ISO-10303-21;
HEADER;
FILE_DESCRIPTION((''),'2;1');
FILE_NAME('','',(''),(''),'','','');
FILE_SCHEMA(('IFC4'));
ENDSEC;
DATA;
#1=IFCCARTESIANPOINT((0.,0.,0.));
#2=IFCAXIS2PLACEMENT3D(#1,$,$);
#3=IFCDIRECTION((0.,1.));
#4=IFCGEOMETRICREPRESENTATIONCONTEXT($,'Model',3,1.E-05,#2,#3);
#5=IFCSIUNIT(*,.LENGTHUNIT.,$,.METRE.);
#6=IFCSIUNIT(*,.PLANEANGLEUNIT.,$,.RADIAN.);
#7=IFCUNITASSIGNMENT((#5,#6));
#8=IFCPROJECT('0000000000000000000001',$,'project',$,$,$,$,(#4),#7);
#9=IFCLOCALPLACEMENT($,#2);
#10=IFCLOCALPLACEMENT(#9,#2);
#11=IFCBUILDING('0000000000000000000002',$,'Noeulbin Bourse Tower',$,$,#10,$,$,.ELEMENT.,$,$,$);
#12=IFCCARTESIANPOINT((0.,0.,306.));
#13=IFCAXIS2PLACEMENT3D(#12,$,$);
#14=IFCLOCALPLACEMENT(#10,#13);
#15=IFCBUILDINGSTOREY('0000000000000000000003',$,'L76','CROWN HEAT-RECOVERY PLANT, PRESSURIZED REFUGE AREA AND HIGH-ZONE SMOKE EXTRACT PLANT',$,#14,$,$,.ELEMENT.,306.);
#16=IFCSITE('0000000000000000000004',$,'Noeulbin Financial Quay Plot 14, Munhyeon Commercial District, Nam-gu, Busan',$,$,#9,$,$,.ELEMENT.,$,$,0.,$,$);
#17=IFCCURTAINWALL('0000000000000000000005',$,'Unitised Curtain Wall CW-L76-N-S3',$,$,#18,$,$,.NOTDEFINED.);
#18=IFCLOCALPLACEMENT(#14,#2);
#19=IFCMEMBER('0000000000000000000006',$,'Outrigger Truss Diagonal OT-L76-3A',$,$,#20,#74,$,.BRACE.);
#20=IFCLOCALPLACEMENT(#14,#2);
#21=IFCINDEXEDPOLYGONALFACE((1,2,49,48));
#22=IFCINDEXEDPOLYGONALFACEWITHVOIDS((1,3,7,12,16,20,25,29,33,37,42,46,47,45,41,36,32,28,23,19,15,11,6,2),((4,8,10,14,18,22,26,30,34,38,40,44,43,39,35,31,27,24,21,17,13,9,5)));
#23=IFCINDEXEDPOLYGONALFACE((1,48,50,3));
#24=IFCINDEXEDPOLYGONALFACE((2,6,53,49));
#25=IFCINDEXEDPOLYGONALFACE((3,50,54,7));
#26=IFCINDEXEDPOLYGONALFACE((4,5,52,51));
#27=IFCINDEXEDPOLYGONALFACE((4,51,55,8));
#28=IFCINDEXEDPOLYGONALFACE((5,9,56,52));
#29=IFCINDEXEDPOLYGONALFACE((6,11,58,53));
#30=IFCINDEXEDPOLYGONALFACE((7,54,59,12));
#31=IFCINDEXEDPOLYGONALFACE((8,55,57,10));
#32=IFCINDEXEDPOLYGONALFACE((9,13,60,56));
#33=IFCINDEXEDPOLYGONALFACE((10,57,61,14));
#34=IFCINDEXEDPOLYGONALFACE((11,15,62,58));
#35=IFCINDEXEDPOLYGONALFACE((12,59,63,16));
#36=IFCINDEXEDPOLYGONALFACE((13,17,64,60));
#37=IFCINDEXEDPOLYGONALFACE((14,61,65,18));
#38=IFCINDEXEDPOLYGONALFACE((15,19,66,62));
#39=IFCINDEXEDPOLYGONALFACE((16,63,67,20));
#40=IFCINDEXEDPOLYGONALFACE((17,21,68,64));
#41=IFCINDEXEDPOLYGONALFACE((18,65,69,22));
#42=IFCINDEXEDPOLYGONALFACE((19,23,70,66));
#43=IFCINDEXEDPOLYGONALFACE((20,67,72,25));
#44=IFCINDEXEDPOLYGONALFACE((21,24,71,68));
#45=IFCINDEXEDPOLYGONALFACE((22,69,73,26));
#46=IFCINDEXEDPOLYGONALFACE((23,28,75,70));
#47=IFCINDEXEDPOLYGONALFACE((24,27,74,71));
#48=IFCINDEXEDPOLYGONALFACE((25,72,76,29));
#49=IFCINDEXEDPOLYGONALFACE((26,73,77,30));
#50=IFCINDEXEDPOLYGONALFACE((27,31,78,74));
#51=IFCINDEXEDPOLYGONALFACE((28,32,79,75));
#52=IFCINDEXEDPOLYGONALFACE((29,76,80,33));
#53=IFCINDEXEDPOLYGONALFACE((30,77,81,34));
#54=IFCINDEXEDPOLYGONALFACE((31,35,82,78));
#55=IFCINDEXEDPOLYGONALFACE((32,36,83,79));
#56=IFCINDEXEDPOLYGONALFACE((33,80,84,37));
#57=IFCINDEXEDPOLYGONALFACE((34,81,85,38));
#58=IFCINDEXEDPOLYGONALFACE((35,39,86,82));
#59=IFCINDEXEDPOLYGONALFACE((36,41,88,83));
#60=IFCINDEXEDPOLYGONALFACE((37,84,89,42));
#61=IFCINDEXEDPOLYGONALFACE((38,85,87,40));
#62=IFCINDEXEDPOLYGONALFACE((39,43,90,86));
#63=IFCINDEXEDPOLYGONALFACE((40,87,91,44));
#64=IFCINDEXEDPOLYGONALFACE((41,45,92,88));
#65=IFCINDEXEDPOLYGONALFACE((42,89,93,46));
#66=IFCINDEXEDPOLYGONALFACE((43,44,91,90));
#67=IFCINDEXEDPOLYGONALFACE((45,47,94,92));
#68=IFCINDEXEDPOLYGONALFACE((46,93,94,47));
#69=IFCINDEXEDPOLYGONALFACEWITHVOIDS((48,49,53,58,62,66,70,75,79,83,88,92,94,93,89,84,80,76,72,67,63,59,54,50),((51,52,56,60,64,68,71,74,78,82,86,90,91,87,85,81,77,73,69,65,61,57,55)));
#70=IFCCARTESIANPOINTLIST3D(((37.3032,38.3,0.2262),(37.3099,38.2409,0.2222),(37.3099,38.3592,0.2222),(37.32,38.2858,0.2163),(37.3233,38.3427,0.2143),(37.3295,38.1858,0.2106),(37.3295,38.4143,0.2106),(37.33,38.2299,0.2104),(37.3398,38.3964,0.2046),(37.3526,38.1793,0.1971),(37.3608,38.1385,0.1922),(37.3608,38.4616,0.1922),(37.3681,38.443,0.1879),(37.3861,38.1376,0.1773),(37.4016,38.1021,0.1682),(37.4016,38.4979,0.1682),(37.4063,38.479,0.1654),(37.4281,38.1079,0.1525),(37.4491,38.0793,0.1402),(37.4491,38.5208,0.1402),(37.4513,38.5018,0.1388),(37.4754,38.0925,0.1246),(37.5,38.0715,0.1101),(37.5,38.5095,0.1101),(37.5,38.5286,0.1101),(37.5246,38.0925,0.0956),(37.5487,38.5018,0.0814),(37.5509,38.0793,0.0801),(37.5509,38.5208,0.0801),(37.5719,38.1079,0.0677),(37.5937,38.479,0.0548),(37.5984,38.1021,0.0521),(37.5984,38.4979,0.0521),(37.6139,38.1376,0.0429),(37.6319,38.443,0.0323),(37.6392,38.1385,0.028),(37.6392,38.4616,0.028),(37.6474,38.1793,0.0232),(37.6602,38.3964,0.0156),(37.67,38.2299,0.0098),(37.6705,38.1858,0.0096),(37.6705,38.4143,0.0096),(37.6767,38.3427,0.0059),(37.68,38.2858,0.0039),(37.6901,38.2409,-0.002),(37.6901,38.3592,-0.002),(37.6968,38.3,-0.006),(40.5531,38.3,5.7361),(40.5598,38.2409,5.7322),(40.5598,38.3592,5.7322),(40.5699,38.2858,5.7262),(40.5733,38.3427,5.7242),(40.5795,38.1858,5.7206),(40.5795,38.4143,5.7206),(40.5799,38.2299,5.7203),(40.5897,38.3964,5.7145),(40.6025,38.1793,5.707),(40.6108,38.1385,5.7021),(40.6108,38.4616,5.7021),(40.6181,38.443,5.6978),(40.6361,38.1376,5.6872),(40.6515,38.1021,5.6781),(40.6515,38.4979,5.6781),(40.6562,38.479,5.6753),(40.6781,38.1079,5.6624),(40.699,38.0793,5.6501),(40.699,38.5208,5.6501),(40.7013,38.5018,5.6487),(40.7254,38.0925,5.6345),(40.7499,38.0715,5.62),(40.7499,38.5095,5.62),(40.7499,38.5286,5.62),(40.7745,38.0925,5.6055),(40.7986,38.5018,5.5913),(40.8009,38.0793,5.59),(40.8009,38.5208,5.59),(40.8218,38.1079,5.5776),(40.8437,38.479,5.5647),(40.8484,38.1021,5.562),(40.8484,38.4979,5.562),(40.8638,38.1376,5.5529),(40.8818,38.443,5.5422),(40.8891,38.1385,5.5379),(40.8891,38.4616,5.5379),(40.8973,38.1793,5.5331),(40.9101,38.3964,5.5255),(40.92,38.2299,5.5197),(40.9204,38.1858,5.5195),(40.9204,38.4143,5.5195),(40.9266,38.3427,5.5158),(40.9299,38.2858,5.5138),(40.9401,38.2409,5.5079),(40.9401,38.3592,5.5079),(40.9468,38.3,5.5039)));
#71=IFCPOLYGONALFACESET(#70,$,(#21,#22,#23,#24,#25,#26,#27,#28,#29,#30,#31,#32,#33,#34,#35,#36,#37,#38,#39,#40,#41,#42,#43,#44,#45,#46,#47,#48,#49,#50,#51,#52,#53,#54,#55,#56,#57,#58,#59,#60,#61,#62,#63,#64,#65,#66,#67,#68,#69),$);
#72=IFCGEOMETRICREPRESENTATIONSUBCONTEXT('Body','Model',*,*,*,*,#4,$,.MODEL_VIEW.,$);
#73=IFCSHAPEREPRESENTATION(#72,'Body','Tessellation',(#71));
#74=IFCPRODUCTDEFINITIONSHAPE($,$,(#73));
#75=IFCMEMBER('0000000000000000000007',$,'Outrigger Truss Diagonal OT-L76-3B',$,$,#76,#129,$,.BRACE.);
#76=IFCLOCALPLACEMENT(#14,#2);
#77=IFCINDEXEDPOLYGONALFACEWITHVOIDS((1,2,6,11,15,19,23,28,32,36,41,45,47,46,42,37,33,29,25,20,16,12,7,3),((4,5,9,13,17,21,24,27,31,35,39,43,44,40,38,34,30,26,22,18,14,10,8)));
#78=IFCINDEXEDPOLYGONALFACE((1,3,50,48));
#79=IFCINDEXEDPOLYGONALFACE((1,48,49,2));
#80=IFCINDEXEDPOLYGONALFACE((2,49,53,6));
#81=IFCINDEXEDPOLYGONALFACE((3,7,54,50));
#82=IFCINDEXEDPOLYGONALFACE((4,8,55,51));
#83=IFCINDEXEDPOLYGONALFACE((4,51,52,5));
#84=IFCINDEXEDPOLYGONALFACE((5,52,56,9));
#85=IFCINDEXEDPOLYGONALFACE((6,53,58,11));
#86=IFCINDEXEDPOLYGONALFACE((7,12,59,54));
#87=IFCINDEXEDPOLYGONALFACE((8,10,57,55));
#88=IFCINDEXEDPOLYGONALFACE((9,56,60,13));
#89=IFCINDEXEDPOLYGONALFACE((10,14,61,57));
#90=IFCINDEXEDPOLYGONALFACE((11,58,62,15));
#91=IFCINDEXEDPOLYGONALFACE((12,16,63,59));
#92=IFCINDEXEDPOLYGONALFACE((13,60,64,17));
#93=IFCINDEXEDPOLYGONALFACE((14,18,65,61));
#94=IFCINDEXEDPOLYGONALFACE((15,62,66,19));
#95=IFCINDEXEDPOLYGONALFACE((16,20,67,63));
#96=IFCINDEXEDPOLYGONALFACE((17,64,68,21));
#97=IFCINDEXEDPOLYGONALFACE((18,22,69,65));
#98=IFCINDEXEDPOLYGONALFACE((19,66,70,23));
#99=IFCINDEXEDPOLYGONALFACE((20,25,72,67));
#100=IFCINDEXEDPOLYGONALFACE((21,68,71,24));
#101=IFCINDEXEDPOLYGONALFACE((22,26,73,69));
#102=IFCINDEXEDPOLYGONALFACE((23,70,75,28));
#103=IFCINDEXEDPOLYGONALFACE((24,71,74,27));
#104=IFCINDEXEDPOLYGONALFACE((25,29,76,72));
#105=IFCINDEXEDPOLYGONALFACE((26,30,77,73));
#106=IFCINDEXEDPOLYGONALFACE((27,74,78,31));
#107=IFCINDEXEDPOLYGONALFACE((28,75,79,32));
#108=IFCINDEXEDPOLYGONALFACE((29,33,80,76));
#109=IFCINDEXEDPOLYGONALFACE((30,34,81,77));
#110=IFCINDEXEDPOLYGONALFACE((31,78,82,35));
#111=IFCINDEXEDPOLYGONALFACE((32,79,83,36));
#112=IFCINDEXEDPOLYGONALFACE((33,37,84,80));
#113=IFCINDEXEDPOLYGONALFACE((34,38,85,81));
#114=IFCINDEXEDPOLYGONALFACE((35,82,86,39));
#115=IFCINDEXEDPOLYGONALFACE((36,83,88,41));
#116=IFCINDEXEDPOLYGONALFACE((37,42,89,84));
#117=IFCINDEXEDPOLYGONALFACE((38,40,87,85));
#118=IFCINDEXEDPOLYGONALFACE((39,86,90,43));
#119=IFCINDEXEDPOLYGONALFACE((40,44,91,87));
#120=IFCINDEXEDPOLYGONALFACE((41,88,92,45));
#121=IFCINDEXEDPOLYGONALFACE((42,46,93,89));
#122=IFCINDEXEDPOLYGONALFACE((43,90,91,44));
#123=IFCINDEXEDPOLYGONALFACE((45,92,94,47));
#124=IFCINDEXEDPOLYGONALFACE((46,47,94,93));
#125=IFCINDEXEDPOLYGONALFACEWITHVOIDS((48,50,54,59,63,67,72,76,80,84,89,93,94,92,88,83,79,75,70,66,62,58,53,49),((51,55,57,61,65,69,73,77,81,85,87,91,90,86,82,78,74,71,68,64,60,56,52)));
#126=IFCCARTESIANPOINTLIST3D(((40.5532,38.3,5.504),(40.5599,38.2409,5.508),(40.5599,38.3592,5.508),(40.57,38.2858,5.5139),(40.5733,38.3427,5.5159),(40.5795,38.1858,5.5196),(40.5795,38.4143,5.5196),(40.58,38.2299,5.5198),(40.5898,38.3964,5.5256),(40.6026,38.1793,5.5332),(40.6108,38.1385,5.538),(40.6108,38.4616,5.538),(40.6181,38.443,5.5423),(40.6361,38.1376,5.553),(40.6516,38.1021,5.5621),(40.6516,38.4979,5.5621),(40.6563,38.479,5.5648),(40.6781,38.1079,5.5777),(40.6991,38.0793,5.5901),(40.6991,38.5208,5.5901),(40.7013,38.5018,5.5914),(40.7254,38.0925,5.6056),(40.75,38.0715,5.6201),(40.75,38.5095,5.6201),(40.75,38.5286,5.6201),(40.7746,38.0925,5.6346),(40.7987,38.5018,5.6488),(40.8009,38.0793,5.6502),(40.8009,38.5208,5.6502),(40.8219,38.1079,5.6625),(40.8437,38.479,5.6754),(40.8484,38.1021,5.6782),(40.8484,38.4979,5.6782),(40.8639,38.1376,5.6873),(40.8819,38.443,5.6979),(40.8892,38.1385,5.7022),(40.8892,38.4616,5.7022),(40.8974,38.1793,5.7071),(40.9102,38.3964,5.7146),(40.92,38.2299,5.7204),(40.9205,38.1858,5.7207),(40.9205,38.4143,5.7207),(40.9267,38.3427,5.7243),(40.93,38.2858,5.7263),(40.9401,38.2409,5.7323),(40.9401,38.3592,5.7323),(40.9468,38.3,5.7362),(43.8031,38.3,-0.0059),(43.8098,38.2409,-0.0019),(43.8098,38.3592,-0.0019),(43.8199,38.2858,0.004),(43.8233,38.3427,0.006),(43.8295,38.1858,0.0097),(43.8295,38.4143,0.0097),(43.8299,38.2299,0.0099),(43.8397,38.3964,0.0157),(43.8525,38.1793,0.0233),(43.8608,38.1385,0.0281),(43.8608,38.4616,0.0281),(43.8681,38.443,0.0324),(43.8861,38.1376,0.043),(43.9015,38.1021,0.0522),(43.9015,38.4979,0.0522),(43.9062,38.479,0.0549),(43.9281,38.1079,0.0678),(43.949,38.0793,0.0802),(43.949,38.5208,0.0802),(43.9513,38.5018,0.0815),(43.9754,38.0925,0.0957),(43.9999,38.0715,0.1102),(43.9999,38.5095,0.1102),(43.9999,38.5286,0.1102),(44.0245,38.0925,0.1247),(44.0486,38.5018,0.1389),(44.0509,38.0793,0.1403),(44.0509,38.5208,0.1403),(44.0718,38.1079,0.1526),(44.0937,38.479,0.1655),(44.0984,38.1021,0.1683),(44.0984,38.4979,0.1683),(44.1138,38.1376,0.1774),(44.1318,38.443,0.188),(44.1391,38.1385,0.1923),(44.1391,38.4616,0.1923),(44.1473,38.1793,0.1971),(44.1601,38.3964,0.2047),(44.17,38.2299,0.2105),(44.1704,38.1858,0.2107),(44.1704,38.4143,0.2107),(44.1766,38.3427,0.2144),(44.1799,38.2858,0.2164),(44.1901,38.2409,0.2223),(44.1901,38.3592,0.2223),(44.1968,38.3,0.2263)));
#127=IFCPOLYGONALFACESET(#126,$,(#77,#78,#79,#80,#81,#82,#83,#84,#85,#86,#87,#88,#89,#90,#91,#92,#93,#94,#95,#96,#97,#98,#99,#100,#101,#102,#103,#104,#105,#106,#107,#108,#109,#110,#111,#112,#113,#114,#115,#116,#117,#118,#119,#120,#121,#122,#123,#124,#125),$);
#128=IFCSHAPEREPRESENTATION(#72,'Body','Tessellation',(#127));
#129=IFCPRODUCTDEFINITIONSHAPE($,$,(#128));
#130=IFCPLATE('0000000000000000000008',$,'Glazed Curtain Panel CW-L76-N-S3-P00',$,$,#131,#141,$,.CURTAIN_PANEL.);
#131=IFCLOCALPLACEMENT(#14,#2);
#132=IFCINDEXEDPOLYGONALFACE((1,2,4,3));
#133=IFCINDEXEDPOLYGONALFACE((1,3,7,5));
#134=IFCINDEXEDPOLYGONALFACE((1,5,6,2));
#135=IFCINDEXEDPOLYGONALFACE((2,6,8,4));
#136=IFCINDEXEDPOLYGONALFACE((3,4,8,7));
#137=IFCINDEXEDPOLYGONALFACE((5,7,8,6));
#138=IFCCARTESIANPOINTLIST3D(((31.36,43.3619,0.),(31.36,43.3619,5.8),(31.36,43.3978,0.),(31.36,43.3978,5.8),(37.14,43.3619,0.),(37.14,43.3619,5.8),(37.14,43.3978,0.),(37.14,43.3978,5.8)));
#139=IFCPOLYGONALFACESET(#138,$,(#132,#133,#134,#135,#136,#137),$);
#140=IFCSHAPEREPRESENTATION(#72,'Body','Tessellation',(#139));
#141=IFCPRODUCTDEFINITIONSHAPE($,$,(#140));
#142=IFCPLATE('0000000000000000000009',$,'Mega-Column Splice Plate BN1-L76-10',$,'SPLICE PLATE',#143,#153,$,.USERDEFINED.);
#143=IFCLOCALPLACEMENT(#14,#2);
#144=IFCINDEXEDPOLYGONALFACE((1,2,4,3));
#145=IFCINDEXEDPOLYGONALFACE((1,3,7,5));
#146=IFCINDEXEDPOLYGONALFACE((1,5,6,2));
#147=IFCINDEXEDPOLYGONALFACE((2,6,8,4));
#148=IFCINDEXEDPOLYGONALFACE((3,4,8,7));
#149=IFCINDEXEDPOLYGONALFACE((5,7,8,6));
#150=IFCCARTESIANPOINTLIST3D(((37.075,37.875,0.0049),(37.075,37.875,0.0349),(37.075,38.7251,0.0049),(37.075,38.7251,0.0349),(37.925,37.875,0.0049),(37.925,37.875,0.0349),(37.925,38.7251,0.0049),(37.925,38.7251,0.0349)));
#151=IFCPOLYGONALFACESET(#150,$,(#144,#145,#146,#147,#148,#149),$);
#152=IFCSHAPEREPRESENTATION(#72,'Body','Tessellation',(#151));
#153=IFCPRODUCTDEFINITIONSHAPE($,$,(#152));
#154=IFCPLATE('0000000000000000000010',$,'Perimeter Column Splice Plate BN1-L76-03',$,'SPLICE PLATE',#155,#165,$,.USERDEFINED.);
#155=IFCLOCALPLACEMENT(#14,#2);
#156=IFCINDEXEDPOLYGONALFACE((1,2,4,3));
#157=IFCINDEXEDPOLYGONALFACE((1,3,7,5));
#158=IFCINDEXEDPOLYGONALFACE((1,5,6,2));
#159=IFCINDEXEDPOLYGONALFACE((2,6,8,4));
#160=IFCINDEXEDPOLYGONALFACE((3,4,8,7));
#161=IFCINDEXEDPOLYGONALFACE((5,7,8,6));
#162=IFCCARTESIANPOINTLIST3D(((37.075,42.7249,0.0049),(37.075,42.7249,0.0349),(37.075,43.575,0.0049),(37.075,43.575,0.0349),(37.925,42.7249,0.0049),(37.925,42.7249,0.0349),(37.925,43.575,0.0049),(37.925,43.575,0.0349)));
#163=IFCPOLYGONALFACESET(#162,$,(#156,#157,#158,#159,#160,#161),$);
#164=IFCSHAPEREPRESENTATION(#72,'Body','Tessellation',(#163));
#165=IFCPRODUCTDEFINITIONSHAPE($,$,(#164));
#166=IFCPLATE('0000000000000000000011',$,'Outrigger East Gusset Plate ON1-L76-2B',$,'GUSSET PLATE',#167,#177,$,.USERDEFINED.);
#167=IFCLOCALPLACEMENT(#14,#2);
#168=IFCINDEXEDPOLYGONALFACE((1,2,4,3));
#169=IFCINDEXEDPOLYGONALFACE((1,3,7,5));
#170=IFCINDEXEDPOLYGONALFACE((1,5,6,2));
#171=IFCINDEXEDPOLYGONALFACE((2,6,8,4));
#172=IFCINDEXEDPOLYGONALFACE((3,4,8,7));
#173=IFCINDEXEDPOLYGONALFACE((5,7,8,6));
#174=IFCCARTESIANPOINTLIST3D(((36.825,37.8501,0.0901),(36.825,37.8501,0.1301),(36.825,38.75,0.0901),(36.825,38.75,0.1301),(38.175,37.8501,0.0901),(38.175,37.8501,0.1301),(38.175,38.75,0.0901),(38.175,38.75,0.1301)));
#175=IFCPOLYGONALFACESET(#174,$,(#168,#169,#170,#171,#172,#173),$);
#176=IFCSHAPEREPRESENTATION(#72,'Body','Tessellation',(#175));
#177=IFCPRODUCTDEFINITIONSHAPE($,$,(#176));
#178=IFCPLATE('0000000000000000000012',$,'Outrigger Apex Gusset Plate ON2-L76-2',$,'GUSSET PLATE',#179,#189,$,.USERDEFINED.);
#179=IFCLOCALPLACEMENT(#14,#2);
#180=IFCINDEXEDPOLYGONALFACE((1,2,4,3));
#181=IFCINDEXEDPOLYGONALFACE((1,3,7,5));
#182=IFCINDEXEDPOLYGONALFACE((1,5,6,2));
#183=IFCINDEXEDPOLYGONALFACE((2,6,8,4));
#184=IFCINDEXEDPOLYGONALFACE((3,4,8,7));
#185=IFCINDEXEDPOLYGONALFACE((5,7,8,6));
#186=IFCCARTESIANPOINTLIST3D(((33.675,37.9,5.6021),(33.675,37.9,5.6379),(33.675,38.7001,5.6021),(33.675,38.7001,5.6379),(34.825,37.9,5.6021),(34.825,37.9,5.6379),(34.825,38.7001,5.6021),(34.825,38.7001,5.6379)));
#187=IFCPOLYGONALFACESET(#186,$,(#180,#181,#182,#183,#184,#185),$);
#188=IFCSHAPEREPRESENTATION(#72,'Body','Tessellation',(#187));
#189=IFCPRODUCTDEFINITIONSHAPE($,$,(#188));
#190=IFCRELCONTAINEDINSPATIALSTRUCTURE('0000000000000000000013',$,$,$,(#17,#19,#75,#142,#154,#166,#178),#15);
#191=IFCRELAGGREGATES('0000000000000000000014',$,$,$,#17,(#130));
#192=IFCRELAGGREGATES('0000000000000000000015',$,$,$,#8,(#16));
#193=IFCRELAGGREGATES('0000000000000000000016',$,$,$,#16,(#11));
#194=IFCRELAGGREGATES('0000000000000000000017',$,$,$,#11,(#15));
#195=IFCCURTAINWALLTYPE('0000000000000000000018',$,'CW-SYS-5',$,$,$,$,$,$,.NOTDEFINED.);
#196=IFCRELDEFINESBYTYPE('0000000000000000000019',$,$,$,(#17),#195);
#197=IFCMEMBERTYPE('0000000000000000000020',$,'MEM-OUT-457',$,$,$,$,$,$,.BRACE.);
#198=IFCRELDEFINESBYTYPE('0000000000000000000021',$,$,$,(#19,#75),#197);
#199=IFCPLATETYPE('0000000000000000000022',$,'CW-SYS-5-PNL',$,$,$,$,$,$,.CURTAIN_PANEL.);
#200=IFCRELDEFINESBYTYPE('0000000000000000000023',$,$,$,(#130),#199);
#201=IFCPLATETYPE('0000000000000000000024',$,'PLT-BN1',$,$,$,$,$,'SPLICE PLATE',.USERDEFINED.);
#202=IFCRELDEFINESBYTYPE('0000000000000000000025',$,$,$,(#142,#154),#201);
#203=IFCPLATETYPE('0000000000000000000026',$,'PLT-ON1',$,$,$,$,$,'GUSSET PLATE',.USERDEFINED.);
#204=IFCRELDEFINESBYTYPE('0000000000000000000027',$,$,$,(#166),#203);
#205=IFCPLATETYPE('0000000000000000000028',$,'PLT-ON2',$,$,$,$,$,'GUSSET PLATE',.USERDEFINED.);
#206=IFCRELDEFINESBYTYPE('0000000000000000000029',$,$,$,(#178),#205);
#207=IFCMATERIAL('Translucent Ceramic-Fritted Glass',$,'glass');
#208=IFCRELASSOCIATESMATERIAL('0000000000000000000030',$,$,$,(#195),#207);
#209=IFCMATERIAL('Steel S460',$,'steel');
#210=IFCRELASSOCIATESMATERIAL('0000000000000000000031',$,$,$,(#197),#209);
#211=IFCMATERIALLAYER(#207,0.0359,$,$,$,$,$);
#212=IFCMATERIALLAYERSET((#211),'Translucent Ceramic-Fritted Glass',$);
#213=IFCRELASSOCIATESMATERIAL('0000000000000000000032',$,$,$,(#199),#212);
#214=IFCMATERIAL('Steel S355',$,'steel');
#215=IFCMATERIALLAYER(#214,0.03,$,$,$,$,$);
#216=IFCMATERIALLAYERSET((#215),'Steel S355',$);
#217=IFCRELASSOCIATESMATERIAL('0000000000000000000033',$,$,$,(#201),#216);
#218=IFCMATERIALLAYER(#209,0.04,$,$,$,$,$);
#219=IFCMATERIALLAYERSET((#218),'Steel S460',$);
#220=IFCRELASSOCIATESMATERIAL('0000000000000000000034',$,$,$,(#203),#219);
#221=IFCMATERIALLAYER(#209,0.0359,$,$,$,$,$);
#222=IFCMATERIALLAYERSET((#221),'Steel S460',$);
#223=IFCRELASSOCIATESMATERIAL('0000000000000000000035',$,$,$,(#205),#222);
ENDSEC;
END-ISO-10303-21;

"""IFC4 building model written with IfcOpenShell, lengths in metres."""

from ifc_helpers import new_model, si_unit, direction, frame, origin, origin_2d, place, context, subcontext, project, spatial, rectangle, hollow_circle, extrude, material, layer, layer_set, material_profile, profile_set, type_object, element, aggregate, save


model = new_model("IFC4")

# Units and contexts
model_context = context("Model", 3, precision=1e-05, world=origin(), true_north=direction((0.0, 1.0)))
body_context = subcontext(model_context, "Body", "Model", "MODEL_VIEW")
ifc_project = project(units=[si_unit("LENGTHUNIT", "METRE"), si_unit("PLANEANGLEUNIT", "RADIAN")], contexts=[model_context])

# Site, building, storey
site_placement = place(None, origin())
site = spatial("IfcSite", under=ifc_project, at=site_placement, Name="Noeulbin Financial Quay Plot 14, Munhyeon Commercial District, Nam-gu, Busan", CompositionType="ELEMENT", RefElevation=0.0)
building_placement = place(site_placement, origin())
building = spatial("IfcBuilding", under=site, at=building_placement, Name="Noeulbin Bourse Tower", CompositionType="ELEMENT")
storey_placement = place(building_placement, frame((0.0, 0.0, 306.0)))
storey = spatial("IfcBuildingStorey", under=building, at=storey_placement, Name="L76", Description="CROWN HEAT-RECOVERY PLANT, PRESSURIZED REFUGE AREA AND HIGH-ZONE SMOKE EXTRACT PLANT", CompositionType="ELEMENT", Elevation=306.0)

# Shared definitions
ifc_material_1 = material(Name="Steel S355", Category="steel")

# Shared definitions
ifc_material_2 = material(Name="Steel S460", Category="steel")

# Curtain wall
ifc_material_3 = material(Name="Translucent Ceramic-Fritted Glass", Category="glass")
curtain_wall_type = type_object("IfcCurtainWallType", Name="CW-SYS-5", PredefinedType="NOTDEFINED", material=ifc_material_3)
curtain_wall_1_placement = place(storey_placement, origin())
curtain_wall_1 = element("IfcCurtainWall", 1, at=curtain_wall_1_placement, inside=storey, type_object=curtain_wall_type, Name="Unitised Curtain Wall CW-L76-N-S3", PredefinedType="NOTDEFINED")

# Members
ifc_material_profile_1 = material_profile(ifc_material_2, hollow_circle(Radius=0.2285, WallThickness=0.019, at=origin_2d()), Name="CHS-457.2x19.0", Category="LoadBearing")
ifc_profile_set_1 = profile_set([ifc_material_profile_1], Name="Steel S460")
member_type_1 = type_object("IfcMemberType", Name="MEM-OUT-457", PredefinedType="BRACE", material=ifc_profile_set_1)
for number, where, z_axis, x_axis, name in (
    (2, (37.5, 38.3, 0.1101), (0.508044, 0.0, 0.861331), (0.0, 1.0, 0.0), "Outrigger Truss Diagonal OT-L76-3A"),
    (3, (40.75, 38.3, 5.6201), (0.508044, 0.0, -0.861331), (0.0, 1.0, 0.0), "Outrigger Truss Diagonal OT-L76-3B"),
):
    element("IfcMember", number, at=place(storey_placement, frame(where, z_axis=z_axis, x_axis=x_axis)), inside=storey, type_object=member_type_1, Name=name, PredefinedType="BRACE", context=body_context, shape_type="SweptSolid", body=[
        extrude(hollow_circle(Radius=0.2285, WallThickness=0.019, at=origin_2d()), origin(), (0.0, 0.0, 1.0), 6.397),
    ])

# Plate
ifc_layer_1 = layer(ifc_material_3, 0.0359)
ifc_layer_set_1 = layer_set([ifc_layer_1], Name="Translucent Ceramic-Fritted Glass")
plate_type_1 = type_object("IfcPlateType", Name="CW-SYS-5-PNL", PredefinedType="CURTAIN_PANEL", material=ifc_layer_set_1)
plate_1_placement = place(storey_placement, frame((34.25, 43.3799, 0.0), z_axis=(0.0, 0.0, 1.0), x_axis=(1.0, 0.0, 0.0)))
plate_1 = element("IfcPlate", 4, at=plate_1_placement, type_object=plate_type_1, Name="Glazed Curtain Panel CW-L76-N-S3-P00", PredefinedType="CURTAIN_PANEL", context=body_context, shape_type="SweptSolid", body=[
    extrude(rectangle(XDim=5.78, YDim=0.0359, at=origin_2d()), origin(), (0.0, 0.0, 1.0), 5.8),
])
aggregate(curtain_wall_1, [plate_1])

# Plates
ifc_layer_2 = layer(ifc_material_1, 0.03)
ifc_layer_set_2 = layer_set([ifc_layer_2], Name="Steel S355")
plate_type_2 = type_object("IfcPlateType", Name="PLT-BN1", ElementType="SPLICE PLATE", PredefinedType="USERDEFINED", material=ifc_layer_set_2)
for number, where, z_axis, x_axis, name in (
    (5, (37.5, 38.3, 0.0049), (0.0, 0.0, 1.0), (1.0, 0.0, 0.0), "Mega-Column Splice Plate BN1-L76-10"),
    (6, (37.5, 43.1499, 0.0049), (0.0, 0.0, 1.0), (1.0, 0.0, 0.0), "Perimeter Column Splice Plate BN1-L76-03"),
):
    element("IfcPlate", number, at=place(storey_placement, frame(where, z_axis=z_axis, x_axis=x_axis)), inside=storey, type_object=plate_type_2, Name=name, ObjectType="SPLICE PLATE", PredefinedType="USERDEFINED", context=body_context, shape_type="SweptSolid", body=[
        extrude(rectangle(XDim=0.8501, YDim=0.8501, at=origin_2d()), origin(), (0.0, 0.0, 1.0), 0.03),
    ])
ifc_layer_3 = layer(ifc_material_2, 0.04)
ifc_layer_set_3 = layer_set([ifc_layer_3], Name="Steel S460")
plate_type_3 = type_object("IfcPlateType", Name="PLT-ON1", ElementType="GUSSET PLATE", PredefinedType="USERDEFINED", material=ifc_layer_set_3)
plate_2_placement = place(storey_placement, frame((37.5, 38.3, 0.0901), z_axis=(0.0, 0.0, 1.0), x_axis=(1.0, 0.0, 0.0)))
element("IfcPlate", 7, at=plate_2_placement, inside=storey, type_object=plate_type_3, Name="Outrigger East Gusset Plate ON1-L76-2B", ObjectType="GUSSET PLATE", PredefinedType="USERDEFINED", context=body_context, shape_type="SweptSolid", body=[
    extrude(rectangle(XDim=1.3501, YDim=0.8999, at=origin_2d()), origin(), (0.0, 0.0, 1.0), 0.04),
])
ifc_layer_4 = layer(ifc_material_2, 0.0359)
ifc_layer_set_4 = layer_set([ifc_layer_4], Name="Steel S460")
plate_type_4 = type_object("IfcPlateType", Name="PLT-ON2", ElementType="GUSSET PLATE", PredefinedType="USERDEFINED", material=ifc_layer_set_4)
plate_3_placement = place(storey_placement, frame((34.25, 38.3, 5.6021), z_axis=(0.0, 0.0, 1.0), x_axis=(1.0, 0.0, 0.0)))
element("IfcPlate", 8, at=plate_3_placement, inside=storey, type_object=plate_type_4, Name="Outrigger Apex Gusset Plate ON2-L76-2", ObjectType="GUSSET PLATE", PredefinedType="USERDEFINED", context=body_context, shape_type="SweptSolid", body=[
    extrude(rectangle(XDim=1.1499, YDim=0.8, at=origin_2d()), origin(), (0.0, 0.0, 1.0), 0.0359),
])

save(model, "model.ifc")
